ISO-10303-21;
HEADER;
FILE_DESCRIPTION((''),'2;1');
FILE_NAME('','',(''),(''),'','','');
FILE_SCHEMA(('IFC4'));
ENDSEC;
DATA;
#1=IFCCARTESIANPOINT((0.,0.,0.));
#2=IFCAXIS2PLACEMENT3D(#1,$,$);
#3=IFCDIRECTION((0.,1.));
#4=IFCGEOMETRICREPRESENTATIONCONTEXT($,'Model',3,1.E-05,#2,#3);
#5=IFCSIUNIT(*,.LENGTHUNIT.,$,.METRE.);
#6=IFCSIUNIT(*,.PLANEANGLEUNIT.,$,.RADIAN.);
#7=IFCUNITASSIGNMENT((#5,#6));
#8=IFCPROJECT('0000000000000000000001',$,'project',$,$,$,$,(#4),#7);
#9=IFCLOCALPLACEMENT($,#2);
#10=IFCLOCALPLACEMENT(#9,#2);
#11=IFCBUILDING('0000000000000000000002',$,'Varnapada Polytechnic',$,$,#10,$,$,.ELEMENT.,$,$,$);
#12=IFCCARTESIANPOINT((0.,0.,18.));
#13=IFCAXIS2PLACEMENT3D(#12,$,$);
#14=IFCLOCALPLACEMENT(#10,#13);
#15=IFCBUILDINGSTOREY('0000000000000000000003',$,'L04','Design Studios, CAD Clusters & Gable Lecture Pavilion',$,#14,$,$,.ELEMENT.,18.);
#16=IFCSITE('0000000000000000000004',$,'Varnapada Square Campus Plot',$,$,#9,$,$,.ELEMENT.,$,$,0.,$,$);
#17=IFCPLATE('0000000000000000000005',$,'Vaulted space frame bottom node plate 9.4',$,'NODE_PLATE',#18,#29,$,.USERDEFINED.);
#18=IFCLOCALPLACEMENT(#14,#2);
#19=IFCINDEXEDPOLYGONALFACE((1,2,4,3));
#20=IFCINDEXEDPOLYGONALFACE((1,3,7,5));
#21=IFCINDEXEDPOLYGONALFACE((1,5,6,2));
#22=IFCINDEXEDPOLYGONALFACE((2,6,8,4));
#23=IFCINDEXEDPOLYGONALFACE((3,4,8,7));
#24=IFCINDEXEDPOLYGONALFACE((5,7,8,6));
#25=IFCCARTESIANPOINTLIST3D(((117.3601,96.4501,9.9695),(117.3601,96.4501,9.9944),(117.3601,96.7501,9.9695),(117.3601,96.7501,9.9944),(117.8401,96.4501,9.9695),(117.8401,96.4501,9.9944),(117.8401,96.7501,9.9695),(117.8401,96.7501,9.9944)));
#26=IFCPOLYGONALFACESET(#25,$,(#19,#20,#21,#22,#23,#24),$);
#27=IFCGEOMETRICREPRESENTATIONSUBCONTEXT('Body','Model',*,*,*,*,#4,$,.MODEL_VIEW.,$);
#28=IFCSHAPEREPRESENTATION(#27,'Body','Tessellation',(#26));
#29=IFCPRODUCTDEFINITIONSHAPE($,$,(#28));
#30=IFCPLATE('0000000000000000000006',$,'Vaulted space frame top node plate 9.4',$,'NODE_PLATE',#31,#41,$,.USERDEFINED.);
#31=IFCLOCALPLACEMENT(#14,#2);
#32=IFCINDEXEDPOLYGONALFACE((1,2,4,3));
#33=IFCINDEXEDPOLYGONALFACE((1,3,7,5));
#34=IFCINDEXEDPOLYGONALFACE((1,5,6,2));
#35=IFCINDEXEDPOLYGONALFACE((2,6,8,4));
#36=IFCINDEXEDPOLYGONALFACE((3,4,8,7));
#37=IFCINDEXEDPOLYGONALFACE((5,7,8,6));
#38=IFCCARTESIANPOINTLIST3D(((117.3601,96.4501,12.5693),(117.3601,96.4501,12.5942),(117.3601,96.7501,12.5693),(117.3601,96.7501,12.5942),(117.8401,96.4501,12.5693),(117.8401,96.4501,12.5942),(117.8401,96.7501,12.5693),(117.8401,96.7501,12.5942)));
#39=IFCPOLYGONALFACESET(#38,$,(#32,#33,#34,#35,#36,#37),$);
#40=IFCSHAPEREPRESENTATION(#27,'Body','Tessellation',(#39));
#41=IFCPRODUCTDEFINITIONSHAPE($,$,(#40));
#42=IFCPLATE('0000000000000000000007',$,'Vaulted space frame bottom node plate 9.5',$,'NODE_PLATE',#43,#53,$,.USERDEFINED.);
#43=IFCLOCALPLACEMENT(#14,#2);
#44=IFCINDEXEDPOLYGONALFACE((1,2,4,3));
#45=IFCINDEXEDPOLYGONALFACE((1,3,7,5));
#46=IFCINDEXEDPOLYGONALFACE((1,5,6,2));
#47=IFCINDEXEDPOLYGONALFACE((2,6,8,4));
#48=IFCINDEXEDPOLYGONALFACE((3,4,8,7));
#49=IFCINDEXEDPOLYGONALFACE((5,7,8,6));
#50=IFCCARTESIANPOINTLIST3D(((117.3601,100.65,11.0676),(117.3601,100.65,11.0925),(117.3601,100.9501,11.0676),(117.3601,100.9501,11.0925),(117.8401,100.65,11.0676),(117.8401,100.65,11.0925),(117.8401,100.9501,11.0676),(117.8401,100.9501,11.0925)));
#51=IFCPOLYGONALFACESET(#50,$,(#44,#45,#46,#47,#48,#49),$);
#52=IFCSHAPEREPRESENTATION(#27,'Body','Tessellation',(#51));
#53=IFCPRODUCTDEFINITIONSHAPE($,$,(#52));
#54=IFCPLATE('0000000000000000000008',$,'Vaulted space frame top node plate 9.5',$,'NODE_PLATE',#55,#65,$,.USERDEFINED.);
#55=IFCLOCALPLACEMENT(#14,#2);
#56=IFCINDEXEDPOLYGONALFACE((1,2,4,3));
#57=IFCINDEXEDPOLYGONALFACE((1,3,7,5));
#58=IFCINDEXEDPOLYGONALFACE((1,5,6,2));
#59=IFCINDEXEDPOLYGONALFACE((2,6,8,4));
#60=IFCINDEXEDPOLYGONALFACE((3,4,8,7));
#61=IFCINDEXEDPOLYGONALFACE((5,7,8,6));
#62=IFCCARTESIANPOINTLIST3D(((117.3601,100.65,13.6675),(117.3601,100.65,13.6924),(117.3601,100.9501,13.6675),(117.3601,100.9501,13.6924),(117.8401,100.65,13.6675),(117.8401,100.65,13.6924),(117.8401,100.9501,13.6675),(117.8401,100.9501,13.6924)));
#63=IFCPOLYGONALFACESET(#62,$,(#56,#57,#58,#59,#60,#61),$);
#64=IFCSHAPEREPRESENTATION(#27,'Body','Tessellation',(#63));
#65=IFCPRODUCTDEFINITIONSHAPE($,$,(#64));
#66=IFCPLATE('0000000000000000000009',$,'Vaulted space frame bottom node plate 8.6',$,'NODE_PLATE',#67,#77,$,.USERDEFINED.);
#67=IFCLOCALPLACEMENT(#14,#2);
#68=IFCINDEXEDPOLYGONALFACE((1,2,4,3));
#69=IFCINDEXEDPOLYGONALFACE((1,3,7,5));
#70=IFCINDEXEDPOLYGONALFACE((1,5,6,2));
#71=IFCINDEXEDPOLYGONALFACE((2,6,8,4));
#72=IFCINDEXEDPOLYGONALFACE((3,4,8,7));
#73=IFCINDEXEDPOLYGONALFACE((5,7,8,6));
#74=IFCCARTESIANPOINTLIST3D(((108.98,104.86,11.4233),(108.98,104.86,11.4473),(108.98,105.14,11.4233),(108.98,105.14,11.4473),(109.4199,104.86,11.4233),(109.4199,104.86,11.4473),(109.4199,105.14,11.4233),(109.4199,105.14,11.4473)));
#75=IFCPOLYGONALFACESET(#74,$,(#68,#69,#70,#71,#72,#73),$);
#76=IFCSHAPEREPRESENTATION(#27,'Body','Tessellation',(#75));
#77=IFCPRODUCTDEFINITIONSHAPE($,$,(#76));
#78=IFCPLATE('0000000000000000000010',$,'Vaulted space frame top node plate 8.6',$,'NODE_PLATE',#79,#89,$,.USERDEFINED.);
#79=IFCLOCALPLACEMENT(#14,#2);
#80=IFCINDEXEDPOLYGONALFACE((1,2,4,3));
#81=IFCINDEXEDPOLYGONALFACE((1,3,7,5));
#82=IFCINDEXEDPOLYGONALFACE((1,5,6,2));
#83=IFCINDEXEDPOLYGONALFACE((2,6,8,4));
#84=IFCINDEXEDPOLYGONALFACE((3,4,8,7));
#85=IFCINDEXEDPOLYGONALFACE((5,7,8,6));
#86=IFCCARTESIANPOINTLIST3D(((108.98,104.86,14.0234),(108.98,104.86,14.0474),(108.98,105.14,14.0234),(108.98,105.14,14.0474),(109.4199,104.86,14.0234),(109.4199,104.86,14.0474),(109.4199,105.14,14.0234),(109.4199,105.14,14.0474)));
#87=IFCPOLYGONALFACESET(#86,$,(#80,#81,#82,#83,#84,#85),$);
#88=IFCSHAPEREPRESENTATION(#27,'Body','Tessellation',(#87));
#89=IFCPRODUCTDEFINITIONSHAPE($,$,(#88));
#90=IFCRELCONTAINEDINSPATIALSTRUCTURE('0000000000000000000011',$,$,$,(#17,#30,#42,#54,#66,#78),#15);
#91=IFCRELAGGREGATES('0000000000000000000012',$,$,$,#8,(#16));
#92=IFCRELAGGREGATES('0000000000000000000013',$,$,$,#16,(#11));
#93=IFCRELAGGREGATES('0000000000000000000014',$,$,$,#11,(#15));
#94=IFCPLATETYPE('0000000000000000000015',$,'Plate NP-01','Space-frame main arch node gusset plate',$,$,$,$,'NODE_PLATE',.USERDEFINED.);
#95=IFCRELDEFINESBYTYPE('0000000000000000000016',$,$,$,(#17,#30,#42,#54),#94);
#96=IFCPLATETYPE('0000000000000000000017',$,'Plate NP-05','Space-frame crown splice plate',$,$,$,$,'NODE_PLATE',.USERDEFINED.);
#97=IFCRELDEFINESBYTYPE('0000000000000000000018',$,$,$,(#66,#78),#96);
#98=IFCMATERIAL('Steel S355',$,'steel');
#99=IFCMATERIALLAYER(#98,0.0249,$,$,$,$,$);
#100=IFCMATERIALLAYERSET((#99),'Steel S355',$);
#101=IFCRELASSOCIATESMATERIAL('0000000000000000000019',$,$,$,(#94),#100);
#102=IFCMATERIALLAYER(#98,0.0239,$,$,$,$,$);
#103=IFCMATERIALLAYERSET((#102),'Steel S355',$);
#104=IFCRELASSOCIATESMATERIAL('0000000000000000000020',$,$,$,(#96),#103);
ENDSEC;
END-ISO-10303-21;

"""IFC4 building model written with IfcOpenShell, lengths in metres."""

from ifc_helpers import new_model, si_unit, direction, frame, origin, origin_2d, place, context, subcontext, project, spatial, rectangle, extrude, material, layer, layer_set, type_object, element, save


model = new_model("IFC4")

# Units and contexts
model_context = context("Model", 3, precision=1e-05, world=origin(), true_north=direction((0.0, 1.0)))
body_context = subcontext(model_context, "Body", "Model", "MODEL_VIEW")
ifc_project = project(units=[si_unit("LENGTHUNIT", "METRE"), si_unit("PLANEANGLEUNIT", "RADIAN")], contexts=[model_context])

# Site, building, storey
site_placement = place(None, origin())
site = spatial("IfcSite", under=ifc_project, at=site_placement, Name="Varnapada Square Campus Plot", CompositionType="ELEMENT", RefElevation=0.0)
building_placement = place(site_placement, origin())
building = spatial("IfcBuilding", under=site, at=building_placement, Name="Varnapada Polytechnic", CompositionType="ELEMENT")
storey_placement = place(building_placement, frame((0.0, 0.0, 18.0)))
storey = spatial("IfcBuildingStorey", under=building, at=storey_placement, Name="L04", Description="Design Studios, CAD Clusters & Gable Lecture Pavilion", CompositionType="ELEMENT", Elevation=18.0)

# Shared definitions
ifc_material = material(Name="Steel S355", Category="steel")

# Plates
ifc_layer_1 = layer(ifc_material, 0.0249)
ifc_layer_set_1 = layer_set([ifc_layer_1], Name="Steel S355")
plate_type_1 = type_object("IfcPlateType", Name="Plate NP-01", Description="Space-frame main arch node gusset plate", ElementType="NODE_PLATE", PredefinedType="USERDEFINED", material=ifc_layer_set_1)
for number, where, z_axis, x_axis, name in (
    (1, (117.6001, 96.6001, 9.9695), (0.0, 0.0, 1.0), (1.0, 0.0, 0.0), "Vaulted space frame bottom node plate 9.4"),
    (2, (117.6001, 96.6001, 12.5693), (0.0, 0.0, 1.0), (1.0, 0.0, 0.0), "Vaulted space frame top node plate 9.4"),
    (3, (117.6001, 100.8, 11.0676), (0.0, 0.0, 1.0), (1.0, 0.0, 0.0), "Vaulted space frame bottom node plate 9.5"),
    (4, (117.6001, 100.8, 13.6675), (0.0, 0.0, 1.0), (1.0, 0.0, 0.0), "Vaulted space frame top node plate 9.5"),
):
    element("IfcPlate", number, at=place(storey_placement, frame(where, z_axis=z_axis, x_axis=x_axis)), inside=storey, type_object=plate_type_1, Name=name, ObjectType="NODE_PLATE", PredefinedType="USERDEFINED", context=body_context, shape_type="SweptSolid", body=[
        extrude(rectangle(XDim=0.48, YDim=0.3, at=origin_2d()), origin(), (0.0, 0.0, 1.0), 0.0249),
    ])
ifc_layer_2 = layer(ifc_material, 0.0239)
ifc_layer_set_2 = layer_set([ifc_layer_2], Name="Steel S355")
plate_type_2 = type_object("IfcPlateType", Name="Plate NP-05", Description="Space-frame crown splice plate", ElementType="NODE_PLATE", PredefinedType="USERDEFINED", material=ifc_layer_set_2)
for number, where, z_axis, x_axis, name in (
    (5, (109.2, 105.0, 11.4233), (0.0, 0.0, 1.0), (1.0, 0.0, 0.0), "Vaulted space frame bottom node plate 8.6"),
    (6, (109.2, 105.0, 14.0234), (0.0, 0.0, 1.0), (1.0, 0.0, 0.0), "Vaulted space frame top node plate 8.6"),
):
    element("IfcPlate", number, at=place(storey_placement, frame(where, z_axis=z_axis, x_axis=x_axis)), inside=storey, type_object=plate_type_2, Name=name, ObjectType="NODE_PLATE", PredefinedType="USERDEFINED", context=body_context, shape_type="SweptSolid", body=[
        extrude(rectangle(XDim=0.4399, YDim=0.28, at=origin_2d()), origin(), (0.0, 0.0, 1.0), 0.0239),
    ])

save(model, "model.ifc")
